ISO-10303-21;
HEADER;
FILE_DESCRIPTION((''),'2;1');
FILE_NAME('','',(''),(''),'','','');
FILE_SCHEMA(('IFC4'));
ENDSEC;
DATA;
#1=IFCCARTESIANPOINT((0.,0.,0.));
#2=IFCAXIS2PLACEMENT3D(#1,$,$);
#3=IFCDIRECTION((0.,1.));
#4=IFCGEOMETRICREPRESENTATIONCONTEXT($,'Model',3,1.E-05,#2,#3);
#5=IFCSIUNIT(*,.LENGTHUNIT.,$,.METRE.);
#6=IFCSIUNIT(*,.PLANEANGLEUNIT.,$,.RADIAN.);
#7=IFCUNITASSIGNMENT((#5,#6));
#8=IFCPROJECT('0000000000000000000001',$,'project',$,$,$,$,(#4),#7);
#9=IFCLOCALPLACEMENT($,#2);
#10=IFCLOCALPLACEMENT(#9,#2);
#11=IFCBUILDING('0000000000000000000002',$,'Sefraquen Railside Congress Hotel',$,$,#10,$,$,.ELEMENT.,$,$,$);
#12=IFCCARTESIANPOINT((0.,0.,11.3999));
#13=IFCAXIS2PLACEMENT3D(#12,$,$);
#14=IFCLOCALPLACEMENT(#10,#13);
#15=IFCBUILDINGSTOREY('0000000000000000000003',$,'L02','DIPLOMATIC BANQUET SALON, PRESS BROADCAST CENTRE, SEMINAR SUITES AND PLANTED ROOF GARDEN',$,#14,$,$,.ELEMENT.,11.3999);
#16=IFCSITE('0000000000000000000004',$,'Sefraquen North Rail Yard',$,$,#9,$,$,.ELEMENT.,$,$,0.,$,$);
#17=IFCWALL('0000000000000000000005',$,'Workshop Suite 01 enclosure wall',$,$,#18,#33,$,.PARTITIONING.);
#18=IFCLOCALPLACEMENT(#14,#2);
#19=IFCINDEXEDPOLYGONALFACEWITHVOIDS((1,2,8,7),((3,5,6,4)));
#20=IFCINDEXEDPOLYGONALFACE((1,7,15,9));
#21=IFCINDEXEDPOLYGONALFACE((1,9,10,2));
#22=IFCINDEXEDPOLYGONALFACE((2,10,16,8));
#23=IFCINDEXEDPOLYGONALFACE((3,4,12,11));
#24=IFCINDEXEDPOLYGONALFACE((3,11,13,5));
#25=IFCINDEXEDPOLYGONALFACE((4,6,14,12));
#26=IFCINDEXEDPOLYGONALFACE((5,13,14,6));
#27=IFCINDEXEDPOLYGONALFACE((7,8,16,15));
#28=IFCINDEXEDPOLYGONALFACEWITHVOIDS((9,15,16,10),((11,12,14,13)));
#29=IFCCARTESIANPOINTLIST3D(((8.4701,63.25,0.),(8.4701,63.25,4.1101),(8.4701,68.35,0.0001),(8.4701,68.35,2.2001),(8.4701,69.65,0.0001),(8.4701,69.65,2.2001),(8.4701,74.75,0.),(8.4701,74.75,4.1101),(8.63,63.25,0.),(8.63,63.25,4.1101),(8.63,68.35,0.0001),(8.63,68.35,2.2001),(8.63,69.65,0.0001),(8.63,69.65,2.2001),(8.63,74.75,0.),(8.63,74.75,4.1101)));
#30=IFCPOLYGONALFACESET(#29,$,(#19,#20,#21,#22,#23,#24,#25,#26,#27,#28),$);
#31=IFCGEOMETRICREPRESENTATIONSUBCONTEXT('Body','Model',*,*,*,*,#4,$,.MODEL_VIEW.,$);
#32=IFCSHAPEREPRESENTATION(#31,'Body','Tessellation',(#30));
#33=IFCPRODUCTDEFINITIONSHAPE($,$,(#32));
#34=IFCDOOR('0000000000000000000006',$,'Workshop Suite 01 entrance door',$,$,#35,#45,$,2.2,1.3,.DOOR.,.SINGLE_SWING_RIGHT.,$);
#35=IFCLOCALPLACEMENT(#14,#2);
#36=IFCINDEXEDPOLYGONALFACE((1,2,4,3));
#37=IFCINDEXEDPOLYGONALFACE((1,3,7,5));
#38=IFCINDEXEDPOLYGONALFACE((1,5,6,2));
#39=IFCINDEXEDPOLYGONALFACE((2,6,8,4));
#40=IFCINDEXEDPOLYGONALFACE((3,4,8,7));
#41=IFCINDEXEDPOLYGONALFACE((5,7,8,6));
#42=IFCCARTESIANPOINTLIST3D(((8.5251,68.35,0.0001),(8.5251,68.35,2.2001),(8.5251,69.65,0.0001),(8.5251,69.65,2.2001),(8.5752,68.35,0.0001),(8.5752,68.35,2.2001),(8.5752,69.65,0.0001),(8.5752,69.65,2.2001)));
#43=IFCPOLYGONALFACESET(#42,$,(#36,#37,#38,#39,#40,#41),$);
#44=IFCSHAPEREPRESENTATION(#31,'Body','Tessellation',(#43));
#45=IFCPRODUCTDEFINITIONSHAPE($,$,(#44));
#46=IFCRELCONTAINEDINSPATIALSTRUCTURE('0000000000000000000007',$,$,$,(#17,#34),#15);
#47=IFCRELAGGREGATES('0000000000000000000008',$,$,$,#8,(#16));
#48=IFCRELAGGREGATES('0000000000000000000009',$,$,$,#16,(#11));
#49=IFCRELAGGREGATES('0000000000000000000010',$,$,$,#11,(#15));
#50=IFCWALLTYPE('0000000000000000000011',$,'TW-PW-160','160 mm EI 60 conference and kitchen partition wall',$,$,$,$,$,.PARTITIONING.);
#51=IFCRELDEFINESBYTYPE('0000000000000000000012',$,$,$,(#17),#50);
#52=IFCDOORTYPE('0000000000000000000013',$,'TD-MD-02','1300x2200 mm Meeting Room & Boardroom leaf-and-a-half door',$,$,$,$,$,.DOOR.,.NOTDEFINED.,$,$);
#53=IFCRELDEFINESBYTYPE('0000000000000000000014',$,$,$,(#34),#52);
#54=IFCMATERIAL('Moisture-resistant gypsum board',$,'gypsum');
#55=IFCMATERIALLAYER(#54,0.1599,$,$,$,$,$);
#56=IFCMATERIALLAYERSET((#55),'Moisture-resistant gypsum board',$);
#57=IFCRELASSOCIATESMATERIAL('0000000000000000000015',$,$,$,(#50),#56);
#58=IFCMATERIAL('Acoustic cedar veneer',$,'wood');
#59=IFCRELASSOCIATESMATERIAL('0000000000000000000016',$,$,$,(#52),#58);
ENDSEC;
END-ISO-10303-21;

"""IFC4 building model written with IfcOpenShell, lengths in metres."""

from ifc_helpers import new_model, si_unit, direction, frame, frame_2d, origin, place, context, subcontext, project, spatial, rectangle, extrude, material, layer, layer_set, type_object, element, fill, save


model = new_model("IFC4")

# Units and contexts
model_context = context("Model", 3, precision=1e-05, world=origin(), true_north=direction((0.0, 1.0)))
body_context = subcontext(model_context, "Body", "Model", "MODEL_VIEW")
ifc_project = project(units=[si_unit("LENGTHUNIT", "METRE"), si_unit("PLANEANGLEUNIT", "RADIAN")], contexts=[model_context])

# Site, building, storey
site_placement = place(None, origin())
site = spatial("IfcSite", under=ifc_project, at=site_placement, Name="Sefraquen North Rail Yard", CompositionType="ELEMENT", RefElevation=0.0)
building_placement = place(site_placement, origin())
building = spatial("IfcBuilding", under=site, at=building_placement, Name="Sefraquen Railside Congress Hotel", CompositionType="ELEMENT")
storey_placement = place(building_placement, frame((0.0, 0.0, 11.3999)))
storey = spatial("IfcBuildingStorey", under=building, at=storey_placement, Name="L02", Description="DIPLOMATIC BANQUET SALON, PRESS BROADCAST CENTRE, SEMINAR SUITES AND PLANTED ROOF GARDEN", CompositionType="ELEMENT", Elevation=11.3999)

# Wall, opening, door
ifc_material_1 = material(Name="Moisture-resistant gypsum board", Category="gypsum")
ifc_layer_1 = layer(ifc_material_1, 0.1599)
ifc_layer_set_1 = layer_set([ifc_layer_1], Name="Moisture-resistant gypsum board")
wall_type_1 = type_object("IfcWallType", Name="TW-PW-160", Description="160 mm EI 60 conference and kitchen partition wall", PredefinedType="PARTITIONING", material=ifc_layer_set_1)
wall_1_placement = place(storey_placement, frame((8.55, 63.25, 0.0), z_axis=(0.0, 0.0, 1.0), x_axis=(0.0, 1.0, 0.0)))
wall_1 = element("IfcWall", 1, at=wall_1_placement, inside=storey, type_object=wall_type_1, Name="Workshop Suite 01 enclosure wall", PredefinedType="PARTITIONING", context=body_context, shape_type="SweptSolid", body=[
    extrude(rectangle(XDim=11.5, YDim=0.1599, at=frame_2d((5.75, 0.0))), origin(), (0.0, 0.0, 1.0), 4.1101),
])
opening_1_placement = place(wall_1_placement, frame((5.1001, 0.0, 0.0)))
opening_1 = element("IfcOpeningElement", 2, at=opening_1_placement, cuts=wall_1, PredefinedType="OPENING", context=body_context, shape_type="SweptSolid", body=[
    extrude(rectangle(XDim=1.3, YDim=2.2, at=frame_2d((0.6499, 1.1001))), frame((0.0, 0.0898, 0.0), z_axis=(0.0, -1.0, 0.0), x_axis=(1.0, 0.0, 0.0)), (0.0, 0.0, 1.0), 0.1799),
])
ifc_material_2 = material(Name="Acoustic cedar veneer", Category="wood")
door_type = type_object("IfcDoorType", Name="TD-MD-02", Description="1300x2200 mm Meeting Room & Boardroom leaf-and-a-half door", OperationType="NOTDEFINED", PredefinedType="DOOR", material=ifc_material_2)
door_placement = place(opening_1_placement, origin())
door = element("IfcDoor", 3, at=door_placement, inside=storey, type_object=door_type, Name="Workshop Suite 01 entrance door", OperationType="SINGLE_SWING_RIGHT", OverallHeight=2.2, OverallWidth=1.3, PredefinedType="DOOR", context=body_context, shape_type="SweptSolid", body=[
    extrude(rectangle(XDim=1.3, YDim=2.2, at=frame_2d((0.6499, 1.1001))), frame((0.0, 0.0249, 0.0), z_axis=(0.0, -1.0, 0.0), x_axis=(1.0, 0.0, 0.0)), (0.0, 0.0, 1.0), 0.05),
])
fill(opening_1, door)

save(model, "model.ifc")
